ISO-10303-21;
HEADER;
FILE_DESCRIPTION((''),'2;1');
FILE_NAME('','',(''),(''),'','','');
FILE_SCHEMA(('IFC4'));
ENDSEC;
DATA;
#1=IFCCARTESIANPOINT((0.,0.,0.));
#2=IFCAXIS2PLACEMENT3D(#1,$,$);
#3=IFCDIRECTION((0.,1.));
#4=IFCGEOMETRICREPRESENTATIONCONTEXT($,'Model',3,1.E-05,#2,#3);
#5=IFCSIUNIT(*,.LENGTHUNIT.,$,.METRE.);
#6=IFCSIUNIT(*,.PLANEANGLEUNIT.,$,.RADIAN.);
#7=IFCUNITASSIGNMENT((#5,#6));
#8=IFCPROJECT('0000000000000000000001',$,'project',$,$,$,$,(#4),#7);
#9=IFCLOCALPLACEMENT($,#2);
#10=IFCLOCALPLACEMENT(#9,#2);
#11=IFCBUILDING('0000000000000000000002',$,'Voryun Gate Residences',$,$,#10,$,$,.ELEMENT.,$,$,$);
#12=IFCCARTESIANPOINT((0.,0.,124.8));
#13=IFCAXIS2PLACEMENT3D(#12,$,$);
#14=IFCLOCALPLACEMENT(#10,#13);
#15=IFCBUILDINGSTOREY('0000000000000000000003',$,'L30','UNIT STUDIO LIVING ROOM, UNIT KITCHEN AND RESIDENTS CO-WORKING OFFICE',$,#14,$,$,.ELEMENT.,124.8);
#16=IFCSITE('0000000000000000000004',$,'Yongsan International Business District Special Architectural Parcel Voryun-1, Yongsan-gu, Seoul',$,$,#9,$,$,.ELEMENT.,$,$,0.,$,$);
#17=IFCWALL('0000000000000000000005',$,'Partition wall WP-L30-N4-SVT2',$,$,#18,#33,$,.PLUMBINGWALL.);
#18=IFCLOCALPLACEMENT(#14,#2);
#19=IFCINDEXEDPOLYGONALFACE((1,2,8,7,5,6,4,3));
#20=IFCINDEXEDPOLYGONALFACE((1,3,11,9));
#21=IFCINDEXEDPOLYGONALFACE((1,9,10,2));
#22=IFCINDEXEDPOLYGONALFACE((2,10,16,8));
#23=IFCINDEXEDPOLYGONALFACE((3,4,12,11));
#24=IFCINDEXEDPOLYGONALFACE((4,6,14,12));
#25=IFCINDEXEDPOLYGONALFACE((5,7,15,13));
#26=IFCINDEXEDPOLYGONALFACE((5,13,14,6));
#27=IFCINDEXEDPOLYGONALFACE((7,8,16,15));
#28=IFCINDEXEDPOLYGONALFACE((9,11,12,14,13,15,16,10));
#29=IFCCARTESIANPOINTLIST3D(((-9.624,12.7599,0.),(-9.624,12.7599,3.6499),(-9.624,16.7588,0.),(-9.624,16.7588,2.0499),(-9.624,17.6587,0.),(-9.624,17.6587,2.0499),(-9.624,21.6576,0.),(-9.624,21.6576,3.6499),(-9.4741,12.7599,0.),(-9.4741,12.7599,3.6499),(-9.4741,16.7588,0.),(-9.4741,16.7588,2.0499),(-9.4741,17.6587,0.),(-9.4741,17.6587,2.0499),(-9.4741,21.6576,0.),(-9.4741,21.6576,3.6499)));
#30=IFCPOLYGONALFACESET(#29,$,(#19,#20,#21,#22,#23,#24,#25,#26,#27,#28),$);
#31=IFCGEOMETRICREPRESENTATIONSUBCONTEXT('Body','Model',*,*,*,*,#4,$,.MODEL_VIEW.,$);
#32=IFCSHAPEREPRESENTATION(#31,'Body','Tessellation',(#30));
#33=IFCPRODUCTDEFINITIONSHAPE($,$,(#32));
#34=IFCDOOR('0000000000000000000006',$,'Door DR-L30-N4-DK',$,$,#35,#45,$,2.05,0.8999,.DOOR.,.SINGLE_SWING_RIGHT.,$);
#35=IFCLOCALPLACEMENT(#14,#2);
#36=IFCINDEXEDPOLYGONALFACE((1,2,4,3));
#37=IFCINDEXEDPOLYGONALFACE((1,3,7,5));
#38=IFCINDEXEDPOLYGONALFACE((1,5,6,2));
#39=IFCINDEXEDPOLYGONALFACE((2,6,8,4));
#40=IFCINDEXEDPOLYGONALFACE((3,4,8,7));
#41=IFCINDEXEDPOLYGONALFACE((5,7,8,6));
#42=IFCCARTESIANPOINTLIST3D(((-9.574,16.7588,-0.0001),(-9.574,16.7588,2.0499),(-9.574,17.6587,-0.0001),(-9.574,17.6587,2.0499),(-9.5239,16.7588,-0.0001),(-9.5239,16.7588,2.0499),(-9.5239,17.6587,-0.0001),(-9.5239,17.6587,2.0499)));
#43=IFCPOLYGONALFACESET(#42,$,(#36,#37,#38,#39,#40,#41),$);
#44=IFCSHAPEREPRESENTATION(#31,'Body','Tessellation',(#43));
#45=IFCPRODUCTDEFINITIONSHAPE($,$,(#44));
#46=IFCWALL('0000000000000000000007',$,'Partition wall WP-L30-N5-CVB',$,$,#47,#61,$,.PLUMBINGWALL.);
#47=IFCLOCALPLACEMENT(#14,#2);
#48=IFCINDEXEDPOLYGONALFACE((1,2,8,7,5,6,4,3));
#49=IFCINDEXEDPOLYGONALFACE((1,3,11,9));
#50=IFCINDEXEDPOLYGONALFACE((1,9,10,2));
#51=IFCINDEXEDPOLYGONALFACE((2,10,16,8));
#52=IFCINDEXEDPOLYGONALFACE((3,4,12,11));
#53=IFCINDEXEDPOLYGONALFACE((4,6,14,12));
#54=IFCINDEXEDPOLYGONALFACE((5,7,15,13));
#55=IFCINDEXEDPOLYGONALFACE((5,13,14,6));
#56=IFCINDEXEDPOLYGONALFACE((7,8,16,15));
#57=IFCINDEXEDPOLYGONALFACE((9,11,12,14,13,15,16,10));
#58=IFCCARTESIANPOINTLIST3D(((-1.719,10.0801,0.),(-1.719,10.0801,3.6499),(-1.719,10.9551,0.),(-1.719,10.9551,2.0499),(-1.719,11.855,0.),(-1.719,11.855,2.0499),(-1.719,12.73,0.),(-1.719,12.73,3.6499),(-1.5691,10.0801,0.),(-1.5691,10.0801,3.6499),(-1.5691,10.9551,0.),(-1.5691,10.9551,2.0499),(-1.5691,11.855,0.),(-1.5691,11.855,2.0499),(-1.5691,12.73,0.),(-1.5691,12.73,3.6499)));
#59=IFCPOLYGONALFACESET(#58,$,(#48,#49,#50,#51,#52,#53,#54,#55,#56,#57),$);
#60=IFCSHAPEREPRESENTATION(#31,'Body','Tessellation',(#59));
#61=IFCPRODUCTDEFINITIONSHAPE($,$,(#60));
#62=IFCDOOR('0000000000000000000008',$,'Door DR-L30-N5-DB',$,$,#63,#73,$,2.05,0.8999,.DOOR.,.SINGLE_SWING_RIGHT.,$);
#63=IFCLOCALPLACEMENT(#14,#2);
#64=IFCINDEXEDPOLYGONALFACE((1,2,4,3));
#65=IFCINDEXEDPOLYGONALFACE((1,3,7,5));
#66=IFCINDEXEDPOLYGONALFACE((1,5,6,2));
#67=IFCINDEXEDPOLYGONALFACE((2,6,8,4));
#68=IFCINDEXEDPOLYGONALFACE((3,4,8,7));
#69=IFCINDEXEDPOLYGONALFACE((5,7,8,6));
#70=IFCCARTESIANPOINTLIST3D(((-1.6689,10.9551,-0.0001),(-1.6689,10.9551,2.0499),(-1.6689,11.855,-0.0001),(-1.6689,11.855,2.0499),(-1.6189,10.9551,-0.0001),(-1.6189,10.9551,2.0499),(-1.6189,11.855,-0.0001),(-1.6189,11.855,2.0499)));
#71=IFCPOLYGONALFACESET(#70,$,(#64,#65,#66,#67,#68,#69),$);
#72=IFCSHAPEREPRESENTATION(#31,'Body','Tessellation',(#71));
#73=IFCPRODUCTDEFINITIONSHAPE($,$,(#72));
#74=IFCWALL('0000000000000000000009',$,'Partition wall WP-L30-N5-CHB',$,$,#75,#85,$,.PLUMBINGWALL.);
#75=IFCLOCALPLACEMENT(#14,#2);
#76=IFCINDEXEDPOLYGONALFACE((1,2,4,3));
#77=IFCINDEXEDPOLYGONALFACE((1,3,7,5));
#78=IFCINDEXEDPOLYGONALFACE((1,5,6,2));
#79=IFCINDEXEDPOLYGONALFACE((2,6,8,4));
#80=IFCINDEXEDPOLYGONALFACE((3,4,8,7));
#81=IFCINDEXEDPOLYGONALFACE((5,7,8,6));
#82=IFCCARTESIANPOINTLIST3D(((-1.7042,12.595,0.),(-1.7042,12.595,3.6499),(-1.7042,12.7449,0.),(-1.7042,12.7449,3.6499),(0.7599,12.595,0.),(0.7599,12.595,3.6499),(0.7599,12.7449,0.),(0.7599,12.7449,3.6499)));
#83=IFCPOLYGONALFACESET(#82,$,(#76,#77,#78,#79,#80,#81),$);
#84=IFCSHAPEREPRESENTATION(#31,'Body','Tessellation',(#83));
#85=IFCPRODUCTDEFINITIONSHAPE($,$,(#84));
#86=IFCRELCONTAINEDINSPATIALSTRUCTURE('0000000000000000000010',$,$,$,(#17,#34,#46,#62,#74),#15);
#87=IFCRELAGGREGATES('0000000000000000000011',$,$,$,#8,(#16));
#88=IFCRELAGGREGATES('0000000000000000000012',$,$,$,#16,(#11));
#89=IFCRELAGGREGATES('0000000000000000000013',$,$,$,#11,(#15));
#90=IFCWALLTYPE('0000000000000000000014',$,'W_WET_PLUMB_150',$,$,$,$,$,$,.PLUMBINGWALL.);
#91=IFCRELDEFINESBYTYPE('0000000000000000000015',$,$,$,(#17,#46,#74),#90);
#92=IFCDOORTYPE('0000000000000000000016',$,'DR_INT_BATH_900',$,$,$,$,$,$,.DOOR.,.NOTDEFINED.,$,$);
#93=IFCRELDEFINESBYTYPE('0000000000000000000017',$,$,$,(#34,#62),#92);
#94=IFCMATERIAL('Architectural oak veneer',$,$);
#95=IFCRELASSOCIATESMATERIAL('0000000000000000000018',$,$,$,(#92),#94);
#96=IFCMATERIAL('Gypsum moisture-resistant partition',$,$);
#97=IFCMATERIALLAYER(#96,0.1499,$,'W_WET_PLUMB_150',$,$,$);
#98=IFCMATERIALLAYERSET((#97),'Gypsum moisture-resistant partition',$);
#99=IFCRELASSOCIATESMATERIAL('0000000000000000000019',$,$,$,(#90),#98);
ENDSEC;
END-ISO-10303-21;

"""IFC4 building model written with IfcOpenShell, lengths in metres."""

from ifc_helpers import new_model, si_unit, direction, frame, frame_2d, origin, place, context, subcontext, project, spatial, rectangle, extrude, material, layer, layer_set, type_object, element, fill, save


model = new_model("IFC4")

# Units and contexts
model_context = context("Model", 3, precision=1e-05, world=origin(), true_north=direction((0.0, 1.0)))
body_context = subcontext(model_context, "Body", "Model", "MODEL_VIEW")
ifc_project = project(units=[si_unit("LENGTHUNIT", "METRE"), si_unit("PLANEANGLEUNIT", "RADIAN")], contexts=[model_context])

# Site, building, storey
site_placement = place(None, origin())
site = spatial("IfcSite", under=ifc_project, at=site_placement, Name="Yongsan International Business District Special Architectural Parcel Voryun-1, Yongsan-gu, Seoul", CompositionType="ELEMENT", RefElevation=0.0)
building_placement = place(site_placement, origin())
building = spatial("IfcBuilding", under=site, at=building_placement, Name="Voryun Gate Residences", CompositionType="ELEMENT")
storey_placement = place(building_placement, frame((0.0, 0.0, 124.8)))
storey = spatial("IfcBuildingStorey", under=building, at=storey_placement, Name="L30", Description="UNIT STUDIO LIVING ROOM, UNIT KITCHEN AND RESIDENTS CO-WORKING OFFICE", CompositionType="ELEMENT", Elevation=124.8)

# Shared definitions
ifc_material_1 = material(Name="Architectural oak veneer")
door_type_1 = type_object("IfcDoorType", Name="DR_INT_BATH_900", OperationType="NOTDEFINED", PredefinedType="DOOR", material=ifc_material_1)

# Shared definitions
ifc_material_2 = material(Name="Gypsum moisture-resistant partition")
ifc_layer_1 = layer(ifc_material_2, 0.1499, Name="W_WET_PLUMB_150")
ifc_layer_set_1 = layer_set([ifc_layer_1], Name="Gypsum moisture-resistant partition")
wall_type_1 = type_object("IfcWallType", Name="W_WET_PLUMB_150", PredefinedType="PLUMBINGWALL", material=ifc_layer_set_1)

# Walls, openings, doors
wall_1_placement = place(storey_placement, frame((-9.5491, 12.76, 0.0), z_axis=(0.0, 0.0, 1.0), x_axis=(0.0, 1.0, 0.0)))
wall_1 = element("IfcWall", 1, at=wall_1_placement, inside=storey, type_object=wall_type_1, Name="Partition wall WP-L30-N4-SVT2", PredefinedType="PLUMBINGWALL", context=body_context, shape_type="SweptSolid", body=[
    extrude(rectangle(XDim=8.8977, YDim=0.1499, at=frame_2d((4.4487, 0.0))), origin(), (0.0, 0.0, 1.0), 3.6499),
])
opening_1_placement = place(wall_1_placement, frame((3.9988, 0.0, 0.0)))
opening_1 = element("IfcOpeningElement", 2, at=opening_1_placement, cuts=wall_1, PredefinedType="OPENING", context=body_context, shape_type="SweptSolid", body=[
    extrude(rectangle(XDim=0.8999, YDim=2.05, at=frame_2d((0.45, 1.0249))), frame((0.0, 0.085, 0.0), z_axis=(0.0, -1.0, 0.0), x_axis=(1.0, 0.0, 0.0)), (0.0, 0.0, 1.0), 0.1699),
])
door_1_placement = place(opening_1_placement, origin())
door_1 = element("IfcDoor", 3, at=door_1_placement, inside=storey, type_object=door_type_1, Name="Door DR-L30-N4-DK", OperationType="SINGLE_SWING_RIGHT", OverallHeight=2.05, OverallWidth=0.8999, PredefinedType="DOOR", context=body_context, shape_type="SweptSolid", body=[
    extrude(rectangle(XDim=0.8999, YDim=2.05, at=frame_2d((0.45, 1.0249))), frame((0.0, 0.0249, 0.0), z_axis=(0.0, -1.0, 0.0), x_axis=(1.0, 0.0, 0.0)), (0.0, 0.0, 1.0), 0.05),
])
fill(opening_1, door_1)
wall_2_placement = place(storey_placement, frame((-1.644, 10.0801, 0.0), z_axis=(0.0, 0.0, 1.0), x_axis=(0.0, 1.0, 0.0)))
wall_2 = element("IfcWall", 4, at=wall_2_placement, inside=storey, type_object=wall_type_1, Name="Partition wall WP-L30-N5-CVB", PredefinedType="PLUMBINGWALL", context=body_context, shape_type="SweptSolid", body=[
    extrude(rectangle(XDim=2.6499, YDim=0.1499, at=frame_2d((1.325, 0.0))), origin(), (0.0, 0.0, 1.0), 3.6499),
])
opening_2_placement = place(wall_2_placement, frame((0.875, 0.0, 0.0)))
opening_2 = element("IfcOpeningElement", 5, at=opening_2_placement, cuts=wall_2, PredefinedType="OPENING", context=body_context, shape_type="SweptSolid", body=[
    extrude(rectangle(XDim=0.8999, YDim=2.05, at=frame_2d((0.45, 1.0249))), frame((0.0, 0.085, 0.0), z_axis=(0.0, -1.0, 0.0), x_axis=(1.0, 0.0, 0.0)), (0.0, 0.0, 1.0), 0.1699),
])
door_2_placement = place(opening_2_placement, origin())
door_2 = element("IfcDoor", 6, at=door_2_placement, inside=storey, type_object=door_type_1, Name="Door DR-L30-N5-DB", OperationType="SINGLE_SWING_RIGHT", OverallHeight=2.05, OverallWidth=0.8999, PredefinedType="DOOR", context=body_context, shape_type="SweptSolid", body=[
    extrude(rectangle(XDim=0.8999, YDim=2.05, at=frame_2d((0.45, 1.0249))), frame((0.0, 0.0249, 0.0), z_axis=(0.0, -1.0, 0.0), x_axis=(1.0, 0.0, 0.0)), (0.0, 0.0, 1.0), 0.05),
])
fill(opening_2, door_2)

# Wall
wall_3_placement = place(storey_placement, frame((-1.7041, 12.6699, 0.0), z_axis=(0.0, 0.0, 1.0), x_axis=(1.0, 0.0, 0.0)))
element("IfcWall", 7, at=wall_3_placement, inside=storey, type_object=wall_type_1, Name="Partition wall WP-L30-N5-CHB", PredefinedType="PLUMBINGWALL", context=body_context, shape_type="SweptSolid", body=[
    extrude(rectangle(XDim=2.4641, YDim=0.1499, at=frame_2d((1.2319, 0.0))), origin(), (0.0, 0.0, 1.0), 3.6499),
])

save(model, "model.ifc")
